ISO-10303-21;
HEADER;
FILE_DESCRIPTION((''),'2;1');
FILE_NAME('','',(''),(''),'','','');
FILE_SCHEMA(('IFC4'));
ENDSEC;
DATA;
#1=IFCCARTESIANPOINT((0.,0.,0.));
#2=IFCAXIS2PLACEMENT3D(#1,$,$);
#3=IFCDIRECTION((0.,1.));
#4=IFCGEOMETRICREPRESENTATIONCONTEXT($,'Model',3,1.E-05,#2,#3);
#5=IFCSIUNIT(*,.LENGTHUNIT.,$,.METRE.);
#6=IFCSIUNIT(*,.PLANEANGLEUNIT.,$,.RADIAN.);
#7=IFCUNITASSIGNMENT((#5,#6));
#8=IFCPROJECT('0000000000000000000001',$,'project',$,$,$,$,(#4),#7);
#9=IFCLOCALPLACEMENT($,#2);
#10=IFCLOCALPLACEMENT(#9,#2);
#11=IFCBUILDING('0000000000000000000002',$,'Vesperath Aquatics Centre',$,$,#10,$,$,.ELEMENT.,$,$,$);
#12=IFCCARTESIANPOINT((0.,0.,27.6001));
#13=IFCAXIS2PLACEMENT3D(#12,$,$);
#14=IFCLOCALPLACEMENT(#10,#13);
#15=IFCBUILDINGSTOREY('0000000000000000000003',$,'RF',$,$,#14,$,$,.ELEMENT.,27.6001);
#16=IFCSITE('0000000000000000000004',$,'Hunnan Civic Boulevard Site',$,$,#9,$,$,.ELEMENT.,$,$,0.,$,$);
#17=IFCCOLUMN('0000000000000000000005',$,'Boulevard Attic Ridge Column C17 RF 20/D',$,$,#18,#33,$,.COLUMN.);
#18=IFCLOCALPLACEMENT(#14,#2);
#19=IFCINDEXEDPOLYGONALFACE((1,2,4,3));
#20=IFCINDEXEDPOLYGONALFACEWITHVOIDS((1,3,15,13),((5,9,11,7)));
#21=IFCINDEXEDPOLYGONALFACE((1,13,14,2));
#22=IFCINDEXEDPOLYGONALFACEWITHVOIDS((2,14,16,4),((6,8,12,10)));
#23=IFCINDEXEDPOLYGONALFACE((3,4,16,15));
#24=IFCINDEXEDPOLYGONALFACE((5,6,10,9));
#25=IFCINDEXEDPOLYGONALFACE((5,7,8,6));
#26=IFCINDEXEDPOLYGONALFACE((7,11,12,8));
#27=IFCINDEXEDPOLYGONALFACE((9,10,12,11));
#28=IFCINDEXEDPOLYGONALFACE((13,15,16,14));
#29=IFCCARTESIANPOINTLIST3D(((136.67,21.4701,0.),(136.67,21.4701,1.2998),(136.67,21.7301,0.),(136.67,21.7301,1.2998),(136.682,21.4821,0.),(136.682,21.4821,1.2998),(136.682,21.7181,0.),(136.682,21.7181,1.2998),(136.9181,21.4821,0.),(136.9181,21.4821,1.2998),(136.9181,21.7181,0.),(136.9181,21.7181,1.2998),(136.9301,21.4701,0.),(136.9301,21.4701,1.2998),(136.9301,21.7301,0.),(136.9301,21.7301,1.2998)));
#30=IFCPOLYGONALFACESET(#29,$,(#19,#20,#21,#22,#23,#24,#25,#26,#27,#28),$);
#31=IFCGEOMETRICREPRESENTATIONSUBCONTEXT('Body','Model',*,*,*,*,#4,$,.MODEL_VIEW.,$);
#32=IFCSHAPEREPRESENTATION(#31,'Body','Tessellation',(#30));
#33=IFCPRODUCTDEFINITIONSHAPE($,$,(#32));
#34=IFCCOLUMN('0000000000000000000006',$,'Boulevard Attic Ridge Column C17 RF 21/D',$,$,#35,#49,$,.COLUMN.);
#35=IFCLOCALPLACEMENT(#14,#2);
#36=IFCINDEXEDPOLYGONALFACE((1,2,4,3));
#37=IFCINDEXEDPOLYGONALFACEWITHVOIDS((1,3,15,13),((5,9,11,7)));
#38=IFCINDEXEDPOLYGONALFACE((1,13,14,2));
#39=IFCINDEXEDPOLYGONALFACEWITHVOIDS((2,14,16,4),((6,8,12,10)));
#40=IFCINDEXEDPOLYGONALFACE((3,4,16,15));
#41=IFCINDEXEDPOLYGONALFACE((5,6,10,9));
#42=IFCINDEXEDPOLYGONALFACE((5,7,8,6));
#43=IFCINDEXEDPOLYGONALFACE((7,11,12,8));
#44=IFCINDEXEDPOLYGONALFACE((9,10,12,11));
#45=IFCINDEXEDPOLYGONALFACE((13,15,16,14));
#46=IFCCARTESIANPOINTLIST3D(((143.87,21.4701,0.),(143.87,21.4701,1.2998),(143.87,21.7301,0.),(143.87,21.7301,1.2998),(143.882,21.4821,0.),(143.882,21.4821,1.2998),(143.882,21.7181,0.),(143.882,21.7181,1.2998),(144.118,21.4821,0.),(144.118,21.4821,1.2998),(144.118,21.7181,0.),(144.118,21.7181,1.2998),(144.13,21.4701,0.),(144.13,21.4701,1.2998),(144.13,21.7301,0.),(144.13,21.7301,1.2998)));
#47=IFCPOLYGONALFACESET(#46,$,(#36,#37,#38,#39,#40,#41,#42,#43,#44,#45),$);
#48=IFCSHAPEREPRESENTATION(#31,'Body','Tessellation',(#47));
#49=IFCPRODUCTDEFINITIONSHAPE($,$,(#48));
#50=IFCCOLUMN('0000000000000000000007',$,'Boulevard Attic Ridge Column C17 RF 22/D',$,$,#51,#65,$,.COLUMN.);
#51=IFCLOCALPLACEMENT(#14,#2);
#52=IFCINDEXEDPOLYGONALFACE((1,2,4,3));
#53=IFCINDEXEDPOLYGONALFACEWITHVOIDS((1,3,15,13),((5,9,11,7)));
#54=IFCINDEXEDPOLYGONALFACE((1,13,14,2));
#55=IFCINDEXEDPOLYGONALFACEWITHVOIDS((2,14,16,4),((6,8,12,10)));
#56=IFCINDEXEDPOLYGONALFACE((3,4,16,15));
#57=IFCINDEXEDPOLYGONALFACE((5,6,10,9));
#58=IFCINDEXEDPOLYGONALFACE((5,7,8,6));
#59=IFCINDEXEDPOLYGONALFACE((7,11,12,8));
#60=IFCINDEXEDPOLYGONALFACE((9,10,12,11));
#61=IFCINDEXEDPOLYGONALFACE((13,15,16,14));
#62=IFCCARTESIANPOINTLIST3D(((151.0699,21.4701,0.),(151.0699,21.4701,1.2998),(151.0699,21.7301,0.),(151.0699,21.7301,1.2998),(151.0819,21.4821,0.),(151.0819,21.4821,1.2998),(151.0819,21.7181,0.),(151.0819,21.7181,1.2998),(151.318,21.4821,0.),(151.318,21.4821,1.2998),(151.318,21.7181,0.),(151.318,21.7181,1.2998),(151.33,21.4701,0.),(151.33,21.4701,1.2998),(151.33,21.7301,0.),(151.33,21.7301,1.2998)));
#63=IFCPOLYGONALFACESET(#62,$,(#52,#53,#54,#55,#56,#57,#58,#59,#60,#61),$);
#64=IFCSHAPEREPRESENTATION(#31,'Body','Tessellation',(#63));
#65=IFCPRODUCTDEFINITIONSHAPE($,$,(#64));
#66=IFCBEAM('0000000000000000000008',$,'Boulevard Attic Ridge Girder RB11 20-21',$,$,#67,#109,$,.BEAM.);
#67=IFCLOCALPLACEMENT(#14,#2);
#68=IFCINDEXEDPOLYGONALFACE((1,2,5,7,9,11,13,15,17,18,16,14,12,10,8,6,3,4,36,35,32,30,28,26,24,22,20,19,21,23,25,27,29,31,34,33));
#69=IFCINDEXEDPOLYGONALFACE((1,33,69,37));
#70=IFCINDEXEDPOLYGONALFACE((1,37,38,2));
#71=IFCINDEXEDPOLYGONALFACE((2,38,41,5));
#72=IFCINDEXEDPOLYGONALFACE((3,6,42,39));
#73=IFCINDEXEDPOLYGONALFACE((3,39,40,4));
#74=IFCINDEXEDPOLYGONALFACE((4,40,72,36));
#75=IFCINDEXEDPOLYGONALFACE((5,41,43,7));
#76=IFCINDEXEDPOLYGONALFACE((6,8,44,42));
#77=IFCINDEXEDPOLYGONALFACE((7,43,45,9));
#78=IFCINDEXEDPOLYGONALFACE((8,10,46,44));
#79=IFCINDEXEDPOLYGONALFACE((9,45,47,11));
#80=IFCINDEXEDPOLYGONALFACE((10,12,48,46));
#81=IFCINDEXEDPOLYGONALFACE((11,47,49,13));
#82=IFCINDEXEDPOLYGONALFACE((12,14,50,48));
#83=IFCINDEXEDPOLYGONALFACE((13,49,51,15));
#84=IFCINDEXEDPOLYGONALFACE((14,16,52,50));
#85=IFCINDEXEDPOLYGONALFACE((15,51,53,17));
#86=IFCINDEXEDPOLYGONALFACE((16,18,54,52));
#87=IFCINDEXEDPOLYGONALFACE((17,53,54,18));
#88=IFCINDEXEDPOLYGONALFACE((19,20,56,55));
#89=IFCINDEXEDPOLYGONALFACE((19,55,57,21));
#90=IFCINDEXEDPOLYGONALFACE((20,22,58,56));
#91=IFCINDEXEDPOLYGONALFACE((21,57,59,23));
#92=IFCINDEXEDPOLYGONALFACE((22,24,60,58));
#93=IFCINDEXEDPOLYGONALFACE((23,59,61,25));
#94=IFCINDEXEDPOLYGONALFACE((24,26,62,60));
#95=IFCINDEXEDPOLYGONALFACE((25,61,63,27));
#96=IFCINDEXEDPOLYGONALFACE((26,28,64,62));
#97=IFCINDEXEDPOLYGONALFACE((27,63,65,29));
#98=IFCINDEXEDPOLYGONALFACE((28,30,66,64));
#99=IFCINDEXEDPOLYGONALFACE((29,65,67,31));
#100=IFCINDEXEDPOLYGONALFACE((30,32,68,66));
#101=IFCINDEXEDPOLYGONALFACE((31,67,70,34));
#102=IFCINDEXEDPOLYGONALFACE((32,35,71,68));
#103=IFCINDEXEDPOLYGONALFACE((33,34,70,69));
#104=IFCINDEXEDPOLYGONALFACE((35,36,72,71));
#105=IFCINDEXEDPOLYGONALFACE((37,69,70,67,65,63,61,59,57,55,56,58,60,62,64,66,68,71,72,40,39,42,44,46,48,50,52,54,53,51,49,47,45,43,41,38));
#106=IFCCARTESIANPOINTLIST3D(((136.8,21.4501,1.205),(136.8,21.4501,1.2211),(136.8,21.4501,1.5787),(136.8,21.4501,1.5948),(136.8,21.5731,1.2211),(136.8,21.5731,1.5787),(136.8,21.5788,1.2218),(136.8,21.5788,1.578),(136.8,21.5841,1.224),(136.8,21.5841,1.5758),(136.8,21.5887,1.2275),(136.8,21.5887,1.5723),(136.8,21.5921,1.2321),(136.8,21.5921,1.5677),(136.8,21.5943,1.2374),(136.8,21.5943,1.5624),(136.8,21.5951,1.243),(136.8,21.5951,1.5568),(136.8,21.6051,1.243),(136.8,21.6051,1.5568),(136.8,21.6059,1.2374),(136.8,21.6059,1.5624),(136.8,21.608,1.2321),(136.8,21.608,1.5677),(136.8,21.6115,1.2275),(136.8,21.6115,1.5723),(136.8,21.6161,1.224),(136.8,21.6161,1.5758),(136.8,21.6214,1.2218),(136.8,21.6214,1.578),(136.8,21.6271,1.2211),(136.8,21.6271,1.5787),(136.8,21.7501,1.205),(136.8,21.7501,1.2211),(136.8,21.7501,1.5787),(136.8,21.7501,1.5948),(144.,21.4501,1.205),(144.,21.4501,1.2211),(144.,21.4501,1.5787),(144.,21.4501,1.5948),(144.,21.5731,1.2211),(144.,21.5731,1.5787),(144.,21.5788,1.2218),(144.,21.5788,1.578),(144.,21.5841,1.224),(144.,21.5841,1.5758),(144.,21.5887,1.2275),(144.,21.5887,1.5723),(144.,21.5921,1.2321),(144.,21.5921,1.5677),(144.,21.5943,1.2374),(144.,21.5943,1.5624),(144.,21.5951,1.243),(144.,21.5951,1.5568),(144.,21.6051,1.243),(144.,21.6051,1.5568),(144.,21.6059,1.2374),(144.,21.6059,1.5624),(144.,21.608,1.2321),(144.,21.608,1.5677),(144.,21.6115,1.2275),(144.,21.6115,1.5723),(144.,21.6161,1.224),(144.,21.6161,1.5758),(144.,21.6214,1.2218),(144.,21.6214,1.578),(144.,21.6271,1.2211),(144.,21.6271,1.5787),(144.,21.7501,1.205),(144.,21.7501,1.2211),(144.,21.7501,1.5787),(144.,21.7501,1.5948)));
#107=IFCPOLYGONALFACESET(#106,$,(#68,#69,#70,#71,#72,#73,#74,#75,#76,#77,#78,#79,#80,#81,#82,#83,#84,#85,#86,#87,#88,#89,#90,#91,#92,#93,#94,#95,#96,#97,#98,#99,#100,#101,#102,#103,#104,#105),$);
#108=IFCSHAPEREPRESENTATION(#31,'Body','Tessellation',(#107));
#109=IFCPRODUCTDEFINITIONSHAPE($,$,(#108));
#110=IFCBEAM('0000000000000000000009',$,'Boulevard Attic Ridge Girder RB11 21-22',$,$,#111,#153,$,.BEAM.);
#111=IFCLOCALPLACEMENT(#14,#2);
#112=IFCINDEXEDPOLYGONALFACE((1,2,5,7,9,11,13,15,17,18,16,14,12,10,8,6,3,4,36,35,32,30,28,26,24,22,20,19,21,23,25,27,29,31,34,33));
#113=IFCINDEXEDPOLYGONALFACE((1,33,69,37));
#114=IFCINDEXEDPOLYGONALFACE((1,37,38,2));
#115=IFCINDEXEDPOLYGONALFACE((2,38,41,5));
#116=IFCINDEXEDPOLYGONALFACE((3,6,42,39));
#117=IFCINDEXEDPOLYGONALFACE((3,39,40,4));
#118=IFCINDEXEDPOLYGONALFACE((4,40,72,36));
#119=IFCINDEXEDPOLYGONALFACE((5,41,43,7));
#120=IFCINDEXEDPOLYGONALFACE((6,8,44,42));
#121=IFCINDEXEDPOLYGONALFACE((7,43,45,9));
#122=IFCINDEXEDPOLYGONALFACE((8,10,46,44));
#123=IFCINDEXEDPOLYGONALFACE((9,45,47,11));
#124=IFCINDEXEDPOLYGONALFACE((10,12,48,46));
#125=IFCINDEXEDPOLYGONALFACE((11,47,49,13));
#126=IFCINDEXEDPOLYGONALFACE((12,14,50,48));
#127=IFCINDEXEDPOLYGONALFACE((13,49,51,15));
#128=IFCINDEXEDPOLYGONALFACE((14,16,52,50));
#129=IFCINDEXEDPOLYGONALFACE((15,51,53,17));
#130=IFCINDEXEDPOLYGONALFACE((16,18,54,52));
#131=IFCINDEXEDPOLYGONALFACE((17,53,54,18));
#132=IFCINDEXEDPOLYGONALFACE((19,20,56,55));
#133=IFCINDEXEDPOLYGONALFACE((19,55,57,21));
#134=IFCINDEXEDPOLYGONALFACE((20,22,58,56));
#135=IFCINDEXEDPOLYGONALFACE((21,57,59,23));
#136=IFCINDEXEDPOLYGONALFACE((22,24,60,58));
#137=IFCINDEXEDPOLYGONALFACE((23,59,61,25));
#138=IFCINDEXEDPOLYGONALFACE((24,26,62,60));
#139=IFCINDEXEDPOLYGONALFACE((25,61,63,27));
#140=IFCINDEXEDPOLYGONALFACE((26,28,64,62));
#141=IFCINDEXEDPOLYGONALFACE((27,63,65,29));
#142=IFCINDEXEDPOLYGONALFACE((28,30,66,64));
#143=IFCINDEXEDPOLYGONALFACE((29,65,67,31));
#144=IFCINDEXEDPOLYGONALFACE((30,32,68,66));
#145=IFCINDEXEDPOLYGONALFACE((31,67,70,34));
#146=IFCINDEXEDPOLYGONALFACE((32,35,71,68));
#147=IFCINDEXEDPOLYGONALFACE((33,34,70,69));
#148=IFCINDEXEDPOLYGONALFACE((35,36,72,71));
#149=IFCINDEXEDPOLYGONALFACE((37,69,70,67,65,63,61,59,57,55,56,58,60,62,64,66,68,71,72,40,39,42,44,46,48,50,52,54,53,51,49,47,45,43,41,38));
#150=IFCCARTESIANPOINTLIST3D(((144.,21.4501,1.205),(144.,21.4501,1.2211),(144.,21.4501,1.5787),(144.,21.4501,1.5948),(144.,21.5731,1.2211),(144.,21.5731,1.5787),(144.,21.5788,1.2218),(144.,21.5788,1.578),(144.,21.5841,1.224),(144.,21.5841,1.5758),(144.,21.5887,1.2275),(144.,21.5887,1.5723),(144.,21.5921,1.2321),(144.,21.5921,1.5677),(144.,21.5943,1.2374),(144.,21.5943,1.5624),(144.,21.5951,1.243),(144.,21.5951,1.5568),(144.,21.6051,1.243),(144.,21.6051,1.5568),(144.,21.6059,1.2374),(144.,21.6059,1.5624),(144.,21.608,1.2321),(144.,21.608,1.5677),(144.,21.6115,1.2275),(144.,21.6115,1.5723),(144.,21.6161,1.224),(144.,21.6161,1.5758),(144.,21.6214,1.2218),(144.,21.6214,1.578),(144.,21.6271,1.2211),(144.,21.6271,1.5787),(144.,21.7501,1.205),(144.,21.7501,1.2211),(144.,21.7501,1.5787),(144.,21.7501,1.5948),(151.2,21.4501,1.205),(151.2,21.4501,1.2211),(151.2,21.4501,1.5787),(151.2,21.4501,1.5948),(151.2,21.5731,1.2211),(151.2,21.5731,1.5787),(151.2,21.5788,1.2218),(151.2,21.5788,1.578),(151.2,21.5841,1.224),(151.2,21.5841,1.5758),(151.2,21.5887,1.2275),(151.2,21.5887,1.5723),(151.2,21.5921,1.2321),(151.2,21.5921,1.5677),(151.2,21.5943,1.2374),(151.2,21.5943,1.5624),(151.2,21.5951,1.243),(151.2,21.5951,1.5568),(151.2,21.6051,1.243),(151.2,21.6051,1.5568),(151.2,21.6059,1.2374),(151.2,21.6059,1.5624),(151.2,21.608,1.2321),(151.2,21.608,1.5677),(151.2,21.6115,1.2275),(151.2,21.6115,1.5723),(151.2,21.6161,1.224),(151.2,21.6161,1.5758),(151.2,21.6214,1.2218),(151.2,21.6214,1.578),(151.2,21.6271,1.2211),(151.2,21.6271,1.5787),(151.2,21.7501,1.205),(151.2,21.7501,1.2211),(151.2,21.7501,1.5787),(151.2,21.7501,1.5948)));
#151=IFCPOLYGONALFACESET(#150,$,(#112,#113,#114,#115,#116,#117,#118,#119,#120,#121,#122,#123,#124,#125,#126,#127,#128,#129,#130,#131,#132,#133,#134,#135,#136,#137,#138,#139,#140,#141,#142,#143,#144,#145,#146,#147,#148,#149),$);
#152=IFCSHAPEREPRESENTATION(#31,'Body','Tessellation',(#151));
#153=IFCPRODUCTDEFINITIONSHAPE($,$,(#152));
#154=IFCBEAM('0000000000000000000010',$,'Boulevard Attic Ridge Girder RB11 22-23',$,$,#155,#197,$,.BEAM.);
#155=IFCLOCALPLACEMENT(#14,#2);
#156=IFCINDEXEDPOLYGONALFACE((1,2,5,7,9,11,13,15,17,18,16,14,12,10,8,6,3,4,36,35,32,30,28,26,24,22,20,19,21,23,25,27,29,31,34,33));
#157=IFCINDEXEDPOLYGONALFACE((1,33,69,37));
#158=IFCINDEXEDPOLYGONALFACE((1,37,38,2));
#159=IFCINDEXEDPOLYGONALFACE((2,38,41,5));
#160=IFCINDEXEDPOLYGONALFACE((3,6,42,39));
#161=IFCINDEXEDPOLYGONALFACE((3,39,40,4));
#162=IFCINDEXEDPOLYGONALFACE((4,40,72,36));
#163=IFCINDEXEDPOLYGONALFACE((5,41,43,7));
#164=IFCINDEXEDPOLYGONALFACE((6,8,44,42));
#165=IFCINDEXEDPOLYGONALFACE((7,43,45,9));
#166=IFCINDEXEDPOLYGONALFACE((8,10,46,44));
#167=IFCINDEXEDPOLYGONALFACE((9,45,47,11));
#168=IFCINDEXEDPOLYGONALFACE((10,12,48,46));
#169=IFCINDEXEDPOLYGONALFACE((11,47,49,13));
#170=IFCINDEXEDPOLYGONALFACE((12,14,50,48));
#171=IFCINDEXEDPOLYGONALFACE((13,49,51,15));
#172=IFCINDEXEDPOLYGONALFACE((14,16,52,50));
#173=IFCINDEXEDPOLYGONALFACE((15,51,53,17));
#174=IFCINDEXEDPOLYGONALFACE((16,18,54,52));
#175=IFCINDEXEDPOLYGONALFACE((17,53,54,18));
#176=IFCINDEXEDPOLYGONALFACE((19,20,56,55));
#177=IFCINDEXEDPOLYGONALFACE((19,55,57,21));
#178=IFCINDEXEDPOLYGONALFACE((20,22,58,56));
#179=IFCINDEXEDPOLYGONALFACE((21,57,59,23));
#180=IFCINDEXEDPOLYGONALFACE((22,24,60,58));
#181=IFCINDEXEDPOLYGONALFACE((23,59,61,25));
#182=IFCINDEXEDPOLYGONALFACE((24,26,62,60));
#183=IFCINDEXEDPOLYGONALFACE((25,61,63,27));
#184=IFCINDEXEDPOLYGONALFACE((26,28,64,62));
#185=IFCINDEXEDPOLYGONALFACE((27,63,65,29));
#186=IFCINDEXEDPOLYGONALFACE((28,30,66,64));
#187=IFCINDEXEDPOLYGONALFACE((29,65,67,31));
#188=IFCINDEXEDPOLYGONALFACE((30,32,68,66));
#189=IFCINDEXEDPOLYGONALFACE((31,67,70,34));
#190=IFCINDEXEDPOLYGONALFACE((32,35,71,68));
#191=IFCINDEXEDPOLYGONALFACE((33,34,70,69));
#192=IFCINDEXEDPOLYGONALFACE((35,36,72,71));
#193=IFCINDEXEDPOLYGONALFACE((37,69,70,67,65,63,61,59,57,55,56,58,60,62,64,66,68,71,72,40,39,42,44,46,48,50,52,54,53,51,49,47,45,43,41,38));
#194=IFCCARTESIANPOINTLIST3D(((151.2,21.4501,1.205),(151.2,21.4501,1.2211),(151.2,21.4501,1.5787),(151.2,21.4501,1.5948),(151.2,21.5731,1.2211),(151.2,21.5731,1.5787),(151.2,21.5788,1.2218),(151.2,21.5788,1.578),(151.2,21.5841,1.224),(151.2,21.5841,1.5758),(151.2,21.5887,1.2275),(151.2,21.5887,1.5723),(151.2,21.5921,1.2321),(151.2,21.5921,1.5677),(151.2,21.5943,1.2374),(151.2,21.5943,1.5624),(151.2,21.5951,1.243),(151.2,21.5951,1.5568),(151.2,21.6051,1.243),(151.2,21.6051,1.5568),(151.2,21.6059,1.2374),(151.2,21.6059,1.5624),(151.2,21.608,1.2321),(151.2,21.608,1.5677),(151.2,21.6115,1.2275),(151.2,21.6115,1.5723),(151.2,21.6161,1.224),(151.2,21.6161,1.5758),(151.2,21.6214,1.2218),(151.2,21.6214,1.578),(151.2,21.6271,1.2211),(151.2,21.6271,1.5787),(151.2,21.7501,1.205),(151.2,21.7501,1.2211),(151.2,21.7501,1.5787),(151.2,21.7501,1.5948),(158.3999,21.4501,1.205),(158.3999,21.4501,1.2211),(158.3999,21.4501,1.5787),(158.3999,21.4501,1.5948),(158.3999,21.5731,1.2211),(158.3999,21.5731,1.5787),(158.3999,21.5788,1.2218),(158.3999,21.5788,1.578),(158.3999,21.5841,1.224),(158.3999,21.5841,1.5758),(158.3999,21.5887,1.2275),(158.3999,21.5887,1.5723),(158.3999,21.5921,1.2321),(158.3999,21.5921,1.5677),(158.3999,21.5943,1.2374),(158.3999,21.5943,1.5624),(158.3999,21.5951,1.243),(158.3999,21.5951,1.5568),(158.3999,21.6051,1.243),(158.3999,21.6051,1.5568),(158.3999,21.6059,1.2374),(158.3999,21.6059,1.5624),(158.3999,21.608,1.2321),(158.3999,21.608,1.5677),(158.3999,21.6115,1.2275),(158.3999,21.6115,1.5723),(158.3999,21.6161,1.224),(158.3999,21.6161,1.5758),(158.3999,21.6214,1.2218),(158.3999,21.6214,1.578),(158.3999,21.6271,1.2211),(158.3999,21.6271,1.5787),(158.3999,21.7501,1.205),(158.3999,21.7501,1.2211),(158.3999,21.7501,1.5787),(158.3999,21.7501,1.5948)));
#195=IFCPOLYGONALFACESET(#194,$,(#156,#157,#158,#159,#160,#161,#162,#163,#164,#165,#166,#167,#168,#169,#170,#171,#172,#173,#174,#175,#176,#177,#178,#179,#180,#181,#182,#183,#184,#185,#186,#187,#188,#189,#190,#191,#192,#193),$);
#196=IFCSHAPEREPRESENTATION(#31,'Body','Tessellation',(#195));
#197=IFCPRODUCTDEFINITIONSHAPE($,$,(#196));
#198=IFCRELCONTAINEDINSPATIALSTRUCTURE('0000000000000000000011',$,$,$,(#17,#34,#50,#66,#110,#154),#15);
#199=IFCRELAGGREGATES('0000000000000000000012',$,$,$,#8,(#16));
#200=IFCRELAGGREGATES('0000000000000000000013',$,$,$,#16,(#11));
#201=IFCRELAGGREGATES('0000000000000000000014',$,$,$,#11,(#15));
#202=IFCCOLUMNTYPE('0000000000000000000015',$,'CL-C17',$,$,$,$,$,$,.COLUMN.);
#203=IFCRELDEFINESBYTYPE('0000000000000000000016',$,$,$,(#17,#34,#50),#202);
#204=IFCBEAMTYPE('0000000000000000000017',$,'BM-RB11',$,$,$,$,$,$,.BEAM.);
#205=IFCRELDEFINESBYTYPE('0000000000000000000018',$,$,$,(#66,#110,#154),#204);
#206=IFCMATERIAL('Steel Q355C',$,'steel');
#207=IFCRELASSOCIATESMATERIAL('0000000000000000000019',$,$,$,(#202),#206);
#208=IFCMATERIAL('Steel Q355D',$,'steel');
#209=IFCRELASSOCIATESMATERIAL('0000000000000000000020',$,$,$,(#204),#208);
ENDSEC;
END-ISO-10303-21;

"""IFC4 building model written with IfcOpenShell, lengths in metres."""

from ifc_helpers import new_model, si_unit, direction, frame, origin, origin_2d, place, context, subcontext, project, spatial, hollow_rectangle, i_section, extrude, material, material_profile, profile_set, type_object, element, save


model = new_model("IFC4")

# Units and contexts
model_context = context("Model", 3, precision=1e-05, world=origin(), true_north=direction((0.0, 1.0)))
body_context = subcontext(model_context, "Body", "Model", "MODEL_VIEW")
ifc_project = project(units=[si_unit("LENGTHUNIT", "METRE"), si_unit("PLANEANGLEUNIT", "RADIAN")], contexts=[model_context])

# Site, building, storey
site_placement = place(None, origin())
site = spatial("IfcSite", under=ifc_project, at=site_placement, Name="Hunnan Civic Boulevard Site", CompositionType="ELEMENT", RefElevation=0.0)
building_placement = place(site_placement, origin())
building = spatial("IfcBuilding", under=site, at=building_placement, Name="Vesperath Aquatics Centre", CompositionType="ELEMENT")
storey_placement = place(building_placement, frame((0.0, 0.0, 27.6001)))
storey = spatial("IfcBuildingStorey", under=building, at=storey_placement, Name="RF", CompositionType="ELEMENT", Elevation=27.6001)

# Columns
ifc_material_1 = material(Name="Steel Q355C", Category="steel")
ifc_material_profile_1 = material_profile(ifc_material_1, hollow_rectangle(XDim=0.26, YDim=0.26, WallThickness=0.012, at=origin_2d()), Name="SHS 260x260x12")
ifc_profile_set_1 = profile_set([ifc_material_profile_1], Name="Steel Q355C")
column_type = type_object("IfcColumnType", Name="CL-C17", PredefinedType="COLUMN", material=ifc_profile_set_1)
for number, where, z_axis, x_axis, name in (
    (1, (136.8, 21.6001, 0.0), (0.0, 0.0, 1.0), (1.0, 0.0, 0.0), "Boulevard Attic Ridge Column C17 RF 20/D"),
    (2, (144.0, 21.6001, 0.0), (0.0, 0.0, 1.0), (1.0, 0.0, 0.0), "Boulevard Attic Ridge Column C17 RF 21/D"),
    (3, (151.2, 21.6001, 0.0), (0.0, 0.0, 1.0), (1.0, 0.0, 0.0), "Boulevard Attic Ridge Column C17 RF 22/D"),
):
    element("IfcColumn", number, at=place(storey_placement, frame(where, z_axis=z_axis, x_axis=x_axis)), inside=storey, type_object=column_type, Name=name, PredefinedType="COLUMN", context=body_context, shape_type="SweptSolid", body=[
        extrude(hollow_rectangle(XDim=0.26, YDim=0.26, WallThickness=0.012, at=origin_2d()), origin(), (0.0, 0.0, 1.0), 1.2998),
    ])

# Beams
ifc_material_2 = material(Name="Steel Q355D", Category="steel")
ifc_material_profile_2 = material_profile(ifc_material_2, i_section(OverallWidth=0.3, OverallDepth=0.3899, WebThickness=0.01, FlangeThickness=0.0161, FilletRadius=0.022, at=origin_2d()), Name="HM 390x300x10x16")
ifc_profile_set_2 = profile_set([ifc_material_profile_2], Name="Steel Q355D")
beam_type = type_object("IfcBeamType", Name="BM-RB11", PredefinedType="BEAM", material=ifc_profile_set_2)
for number, where, z_axis, x_axis, name in (
    (4, (136.8, 21.6001, 1.3999), (1.0, 0.0, 0.0), (0.0, 1.0, 0.0), "Boulevard Attic Ridge Girder RB11 20-21"),
    (5, (144.0, 21.6001, 1.3999), (1.0, 0.0, 0.0), (0.0, 1.0, 0.0), "Boulevard Attic Ridge Girder RB11 21-22"),
    (6, (151.2, 21.6001, 1.3999), (1.0, 0.0, 0.0), (0.0, 1.0, 0.0), "Boulevard Attic Ridge Girder RB11 22-23"),
):
    element("IfcBeam", number, at=place(storey_placement, frame(where, z_axis=z_axis, x_axis=x_axis)), inside=storey, type_object=beam_type, Name=name, PredefinedType="BEAM", context=body_context, shape_type="SweptSolid", body=[
        extrude(i_section(OverallWidth=0.3, OverallDepth=0.3899, WebThickness=0.01, FlangeThickness=0.0161, FilletRadius=0.022, at=origin_2d()), origin(), (0.0, 0.0, 1.0), 7.2),
    ])

save(model, "model.ifc")
